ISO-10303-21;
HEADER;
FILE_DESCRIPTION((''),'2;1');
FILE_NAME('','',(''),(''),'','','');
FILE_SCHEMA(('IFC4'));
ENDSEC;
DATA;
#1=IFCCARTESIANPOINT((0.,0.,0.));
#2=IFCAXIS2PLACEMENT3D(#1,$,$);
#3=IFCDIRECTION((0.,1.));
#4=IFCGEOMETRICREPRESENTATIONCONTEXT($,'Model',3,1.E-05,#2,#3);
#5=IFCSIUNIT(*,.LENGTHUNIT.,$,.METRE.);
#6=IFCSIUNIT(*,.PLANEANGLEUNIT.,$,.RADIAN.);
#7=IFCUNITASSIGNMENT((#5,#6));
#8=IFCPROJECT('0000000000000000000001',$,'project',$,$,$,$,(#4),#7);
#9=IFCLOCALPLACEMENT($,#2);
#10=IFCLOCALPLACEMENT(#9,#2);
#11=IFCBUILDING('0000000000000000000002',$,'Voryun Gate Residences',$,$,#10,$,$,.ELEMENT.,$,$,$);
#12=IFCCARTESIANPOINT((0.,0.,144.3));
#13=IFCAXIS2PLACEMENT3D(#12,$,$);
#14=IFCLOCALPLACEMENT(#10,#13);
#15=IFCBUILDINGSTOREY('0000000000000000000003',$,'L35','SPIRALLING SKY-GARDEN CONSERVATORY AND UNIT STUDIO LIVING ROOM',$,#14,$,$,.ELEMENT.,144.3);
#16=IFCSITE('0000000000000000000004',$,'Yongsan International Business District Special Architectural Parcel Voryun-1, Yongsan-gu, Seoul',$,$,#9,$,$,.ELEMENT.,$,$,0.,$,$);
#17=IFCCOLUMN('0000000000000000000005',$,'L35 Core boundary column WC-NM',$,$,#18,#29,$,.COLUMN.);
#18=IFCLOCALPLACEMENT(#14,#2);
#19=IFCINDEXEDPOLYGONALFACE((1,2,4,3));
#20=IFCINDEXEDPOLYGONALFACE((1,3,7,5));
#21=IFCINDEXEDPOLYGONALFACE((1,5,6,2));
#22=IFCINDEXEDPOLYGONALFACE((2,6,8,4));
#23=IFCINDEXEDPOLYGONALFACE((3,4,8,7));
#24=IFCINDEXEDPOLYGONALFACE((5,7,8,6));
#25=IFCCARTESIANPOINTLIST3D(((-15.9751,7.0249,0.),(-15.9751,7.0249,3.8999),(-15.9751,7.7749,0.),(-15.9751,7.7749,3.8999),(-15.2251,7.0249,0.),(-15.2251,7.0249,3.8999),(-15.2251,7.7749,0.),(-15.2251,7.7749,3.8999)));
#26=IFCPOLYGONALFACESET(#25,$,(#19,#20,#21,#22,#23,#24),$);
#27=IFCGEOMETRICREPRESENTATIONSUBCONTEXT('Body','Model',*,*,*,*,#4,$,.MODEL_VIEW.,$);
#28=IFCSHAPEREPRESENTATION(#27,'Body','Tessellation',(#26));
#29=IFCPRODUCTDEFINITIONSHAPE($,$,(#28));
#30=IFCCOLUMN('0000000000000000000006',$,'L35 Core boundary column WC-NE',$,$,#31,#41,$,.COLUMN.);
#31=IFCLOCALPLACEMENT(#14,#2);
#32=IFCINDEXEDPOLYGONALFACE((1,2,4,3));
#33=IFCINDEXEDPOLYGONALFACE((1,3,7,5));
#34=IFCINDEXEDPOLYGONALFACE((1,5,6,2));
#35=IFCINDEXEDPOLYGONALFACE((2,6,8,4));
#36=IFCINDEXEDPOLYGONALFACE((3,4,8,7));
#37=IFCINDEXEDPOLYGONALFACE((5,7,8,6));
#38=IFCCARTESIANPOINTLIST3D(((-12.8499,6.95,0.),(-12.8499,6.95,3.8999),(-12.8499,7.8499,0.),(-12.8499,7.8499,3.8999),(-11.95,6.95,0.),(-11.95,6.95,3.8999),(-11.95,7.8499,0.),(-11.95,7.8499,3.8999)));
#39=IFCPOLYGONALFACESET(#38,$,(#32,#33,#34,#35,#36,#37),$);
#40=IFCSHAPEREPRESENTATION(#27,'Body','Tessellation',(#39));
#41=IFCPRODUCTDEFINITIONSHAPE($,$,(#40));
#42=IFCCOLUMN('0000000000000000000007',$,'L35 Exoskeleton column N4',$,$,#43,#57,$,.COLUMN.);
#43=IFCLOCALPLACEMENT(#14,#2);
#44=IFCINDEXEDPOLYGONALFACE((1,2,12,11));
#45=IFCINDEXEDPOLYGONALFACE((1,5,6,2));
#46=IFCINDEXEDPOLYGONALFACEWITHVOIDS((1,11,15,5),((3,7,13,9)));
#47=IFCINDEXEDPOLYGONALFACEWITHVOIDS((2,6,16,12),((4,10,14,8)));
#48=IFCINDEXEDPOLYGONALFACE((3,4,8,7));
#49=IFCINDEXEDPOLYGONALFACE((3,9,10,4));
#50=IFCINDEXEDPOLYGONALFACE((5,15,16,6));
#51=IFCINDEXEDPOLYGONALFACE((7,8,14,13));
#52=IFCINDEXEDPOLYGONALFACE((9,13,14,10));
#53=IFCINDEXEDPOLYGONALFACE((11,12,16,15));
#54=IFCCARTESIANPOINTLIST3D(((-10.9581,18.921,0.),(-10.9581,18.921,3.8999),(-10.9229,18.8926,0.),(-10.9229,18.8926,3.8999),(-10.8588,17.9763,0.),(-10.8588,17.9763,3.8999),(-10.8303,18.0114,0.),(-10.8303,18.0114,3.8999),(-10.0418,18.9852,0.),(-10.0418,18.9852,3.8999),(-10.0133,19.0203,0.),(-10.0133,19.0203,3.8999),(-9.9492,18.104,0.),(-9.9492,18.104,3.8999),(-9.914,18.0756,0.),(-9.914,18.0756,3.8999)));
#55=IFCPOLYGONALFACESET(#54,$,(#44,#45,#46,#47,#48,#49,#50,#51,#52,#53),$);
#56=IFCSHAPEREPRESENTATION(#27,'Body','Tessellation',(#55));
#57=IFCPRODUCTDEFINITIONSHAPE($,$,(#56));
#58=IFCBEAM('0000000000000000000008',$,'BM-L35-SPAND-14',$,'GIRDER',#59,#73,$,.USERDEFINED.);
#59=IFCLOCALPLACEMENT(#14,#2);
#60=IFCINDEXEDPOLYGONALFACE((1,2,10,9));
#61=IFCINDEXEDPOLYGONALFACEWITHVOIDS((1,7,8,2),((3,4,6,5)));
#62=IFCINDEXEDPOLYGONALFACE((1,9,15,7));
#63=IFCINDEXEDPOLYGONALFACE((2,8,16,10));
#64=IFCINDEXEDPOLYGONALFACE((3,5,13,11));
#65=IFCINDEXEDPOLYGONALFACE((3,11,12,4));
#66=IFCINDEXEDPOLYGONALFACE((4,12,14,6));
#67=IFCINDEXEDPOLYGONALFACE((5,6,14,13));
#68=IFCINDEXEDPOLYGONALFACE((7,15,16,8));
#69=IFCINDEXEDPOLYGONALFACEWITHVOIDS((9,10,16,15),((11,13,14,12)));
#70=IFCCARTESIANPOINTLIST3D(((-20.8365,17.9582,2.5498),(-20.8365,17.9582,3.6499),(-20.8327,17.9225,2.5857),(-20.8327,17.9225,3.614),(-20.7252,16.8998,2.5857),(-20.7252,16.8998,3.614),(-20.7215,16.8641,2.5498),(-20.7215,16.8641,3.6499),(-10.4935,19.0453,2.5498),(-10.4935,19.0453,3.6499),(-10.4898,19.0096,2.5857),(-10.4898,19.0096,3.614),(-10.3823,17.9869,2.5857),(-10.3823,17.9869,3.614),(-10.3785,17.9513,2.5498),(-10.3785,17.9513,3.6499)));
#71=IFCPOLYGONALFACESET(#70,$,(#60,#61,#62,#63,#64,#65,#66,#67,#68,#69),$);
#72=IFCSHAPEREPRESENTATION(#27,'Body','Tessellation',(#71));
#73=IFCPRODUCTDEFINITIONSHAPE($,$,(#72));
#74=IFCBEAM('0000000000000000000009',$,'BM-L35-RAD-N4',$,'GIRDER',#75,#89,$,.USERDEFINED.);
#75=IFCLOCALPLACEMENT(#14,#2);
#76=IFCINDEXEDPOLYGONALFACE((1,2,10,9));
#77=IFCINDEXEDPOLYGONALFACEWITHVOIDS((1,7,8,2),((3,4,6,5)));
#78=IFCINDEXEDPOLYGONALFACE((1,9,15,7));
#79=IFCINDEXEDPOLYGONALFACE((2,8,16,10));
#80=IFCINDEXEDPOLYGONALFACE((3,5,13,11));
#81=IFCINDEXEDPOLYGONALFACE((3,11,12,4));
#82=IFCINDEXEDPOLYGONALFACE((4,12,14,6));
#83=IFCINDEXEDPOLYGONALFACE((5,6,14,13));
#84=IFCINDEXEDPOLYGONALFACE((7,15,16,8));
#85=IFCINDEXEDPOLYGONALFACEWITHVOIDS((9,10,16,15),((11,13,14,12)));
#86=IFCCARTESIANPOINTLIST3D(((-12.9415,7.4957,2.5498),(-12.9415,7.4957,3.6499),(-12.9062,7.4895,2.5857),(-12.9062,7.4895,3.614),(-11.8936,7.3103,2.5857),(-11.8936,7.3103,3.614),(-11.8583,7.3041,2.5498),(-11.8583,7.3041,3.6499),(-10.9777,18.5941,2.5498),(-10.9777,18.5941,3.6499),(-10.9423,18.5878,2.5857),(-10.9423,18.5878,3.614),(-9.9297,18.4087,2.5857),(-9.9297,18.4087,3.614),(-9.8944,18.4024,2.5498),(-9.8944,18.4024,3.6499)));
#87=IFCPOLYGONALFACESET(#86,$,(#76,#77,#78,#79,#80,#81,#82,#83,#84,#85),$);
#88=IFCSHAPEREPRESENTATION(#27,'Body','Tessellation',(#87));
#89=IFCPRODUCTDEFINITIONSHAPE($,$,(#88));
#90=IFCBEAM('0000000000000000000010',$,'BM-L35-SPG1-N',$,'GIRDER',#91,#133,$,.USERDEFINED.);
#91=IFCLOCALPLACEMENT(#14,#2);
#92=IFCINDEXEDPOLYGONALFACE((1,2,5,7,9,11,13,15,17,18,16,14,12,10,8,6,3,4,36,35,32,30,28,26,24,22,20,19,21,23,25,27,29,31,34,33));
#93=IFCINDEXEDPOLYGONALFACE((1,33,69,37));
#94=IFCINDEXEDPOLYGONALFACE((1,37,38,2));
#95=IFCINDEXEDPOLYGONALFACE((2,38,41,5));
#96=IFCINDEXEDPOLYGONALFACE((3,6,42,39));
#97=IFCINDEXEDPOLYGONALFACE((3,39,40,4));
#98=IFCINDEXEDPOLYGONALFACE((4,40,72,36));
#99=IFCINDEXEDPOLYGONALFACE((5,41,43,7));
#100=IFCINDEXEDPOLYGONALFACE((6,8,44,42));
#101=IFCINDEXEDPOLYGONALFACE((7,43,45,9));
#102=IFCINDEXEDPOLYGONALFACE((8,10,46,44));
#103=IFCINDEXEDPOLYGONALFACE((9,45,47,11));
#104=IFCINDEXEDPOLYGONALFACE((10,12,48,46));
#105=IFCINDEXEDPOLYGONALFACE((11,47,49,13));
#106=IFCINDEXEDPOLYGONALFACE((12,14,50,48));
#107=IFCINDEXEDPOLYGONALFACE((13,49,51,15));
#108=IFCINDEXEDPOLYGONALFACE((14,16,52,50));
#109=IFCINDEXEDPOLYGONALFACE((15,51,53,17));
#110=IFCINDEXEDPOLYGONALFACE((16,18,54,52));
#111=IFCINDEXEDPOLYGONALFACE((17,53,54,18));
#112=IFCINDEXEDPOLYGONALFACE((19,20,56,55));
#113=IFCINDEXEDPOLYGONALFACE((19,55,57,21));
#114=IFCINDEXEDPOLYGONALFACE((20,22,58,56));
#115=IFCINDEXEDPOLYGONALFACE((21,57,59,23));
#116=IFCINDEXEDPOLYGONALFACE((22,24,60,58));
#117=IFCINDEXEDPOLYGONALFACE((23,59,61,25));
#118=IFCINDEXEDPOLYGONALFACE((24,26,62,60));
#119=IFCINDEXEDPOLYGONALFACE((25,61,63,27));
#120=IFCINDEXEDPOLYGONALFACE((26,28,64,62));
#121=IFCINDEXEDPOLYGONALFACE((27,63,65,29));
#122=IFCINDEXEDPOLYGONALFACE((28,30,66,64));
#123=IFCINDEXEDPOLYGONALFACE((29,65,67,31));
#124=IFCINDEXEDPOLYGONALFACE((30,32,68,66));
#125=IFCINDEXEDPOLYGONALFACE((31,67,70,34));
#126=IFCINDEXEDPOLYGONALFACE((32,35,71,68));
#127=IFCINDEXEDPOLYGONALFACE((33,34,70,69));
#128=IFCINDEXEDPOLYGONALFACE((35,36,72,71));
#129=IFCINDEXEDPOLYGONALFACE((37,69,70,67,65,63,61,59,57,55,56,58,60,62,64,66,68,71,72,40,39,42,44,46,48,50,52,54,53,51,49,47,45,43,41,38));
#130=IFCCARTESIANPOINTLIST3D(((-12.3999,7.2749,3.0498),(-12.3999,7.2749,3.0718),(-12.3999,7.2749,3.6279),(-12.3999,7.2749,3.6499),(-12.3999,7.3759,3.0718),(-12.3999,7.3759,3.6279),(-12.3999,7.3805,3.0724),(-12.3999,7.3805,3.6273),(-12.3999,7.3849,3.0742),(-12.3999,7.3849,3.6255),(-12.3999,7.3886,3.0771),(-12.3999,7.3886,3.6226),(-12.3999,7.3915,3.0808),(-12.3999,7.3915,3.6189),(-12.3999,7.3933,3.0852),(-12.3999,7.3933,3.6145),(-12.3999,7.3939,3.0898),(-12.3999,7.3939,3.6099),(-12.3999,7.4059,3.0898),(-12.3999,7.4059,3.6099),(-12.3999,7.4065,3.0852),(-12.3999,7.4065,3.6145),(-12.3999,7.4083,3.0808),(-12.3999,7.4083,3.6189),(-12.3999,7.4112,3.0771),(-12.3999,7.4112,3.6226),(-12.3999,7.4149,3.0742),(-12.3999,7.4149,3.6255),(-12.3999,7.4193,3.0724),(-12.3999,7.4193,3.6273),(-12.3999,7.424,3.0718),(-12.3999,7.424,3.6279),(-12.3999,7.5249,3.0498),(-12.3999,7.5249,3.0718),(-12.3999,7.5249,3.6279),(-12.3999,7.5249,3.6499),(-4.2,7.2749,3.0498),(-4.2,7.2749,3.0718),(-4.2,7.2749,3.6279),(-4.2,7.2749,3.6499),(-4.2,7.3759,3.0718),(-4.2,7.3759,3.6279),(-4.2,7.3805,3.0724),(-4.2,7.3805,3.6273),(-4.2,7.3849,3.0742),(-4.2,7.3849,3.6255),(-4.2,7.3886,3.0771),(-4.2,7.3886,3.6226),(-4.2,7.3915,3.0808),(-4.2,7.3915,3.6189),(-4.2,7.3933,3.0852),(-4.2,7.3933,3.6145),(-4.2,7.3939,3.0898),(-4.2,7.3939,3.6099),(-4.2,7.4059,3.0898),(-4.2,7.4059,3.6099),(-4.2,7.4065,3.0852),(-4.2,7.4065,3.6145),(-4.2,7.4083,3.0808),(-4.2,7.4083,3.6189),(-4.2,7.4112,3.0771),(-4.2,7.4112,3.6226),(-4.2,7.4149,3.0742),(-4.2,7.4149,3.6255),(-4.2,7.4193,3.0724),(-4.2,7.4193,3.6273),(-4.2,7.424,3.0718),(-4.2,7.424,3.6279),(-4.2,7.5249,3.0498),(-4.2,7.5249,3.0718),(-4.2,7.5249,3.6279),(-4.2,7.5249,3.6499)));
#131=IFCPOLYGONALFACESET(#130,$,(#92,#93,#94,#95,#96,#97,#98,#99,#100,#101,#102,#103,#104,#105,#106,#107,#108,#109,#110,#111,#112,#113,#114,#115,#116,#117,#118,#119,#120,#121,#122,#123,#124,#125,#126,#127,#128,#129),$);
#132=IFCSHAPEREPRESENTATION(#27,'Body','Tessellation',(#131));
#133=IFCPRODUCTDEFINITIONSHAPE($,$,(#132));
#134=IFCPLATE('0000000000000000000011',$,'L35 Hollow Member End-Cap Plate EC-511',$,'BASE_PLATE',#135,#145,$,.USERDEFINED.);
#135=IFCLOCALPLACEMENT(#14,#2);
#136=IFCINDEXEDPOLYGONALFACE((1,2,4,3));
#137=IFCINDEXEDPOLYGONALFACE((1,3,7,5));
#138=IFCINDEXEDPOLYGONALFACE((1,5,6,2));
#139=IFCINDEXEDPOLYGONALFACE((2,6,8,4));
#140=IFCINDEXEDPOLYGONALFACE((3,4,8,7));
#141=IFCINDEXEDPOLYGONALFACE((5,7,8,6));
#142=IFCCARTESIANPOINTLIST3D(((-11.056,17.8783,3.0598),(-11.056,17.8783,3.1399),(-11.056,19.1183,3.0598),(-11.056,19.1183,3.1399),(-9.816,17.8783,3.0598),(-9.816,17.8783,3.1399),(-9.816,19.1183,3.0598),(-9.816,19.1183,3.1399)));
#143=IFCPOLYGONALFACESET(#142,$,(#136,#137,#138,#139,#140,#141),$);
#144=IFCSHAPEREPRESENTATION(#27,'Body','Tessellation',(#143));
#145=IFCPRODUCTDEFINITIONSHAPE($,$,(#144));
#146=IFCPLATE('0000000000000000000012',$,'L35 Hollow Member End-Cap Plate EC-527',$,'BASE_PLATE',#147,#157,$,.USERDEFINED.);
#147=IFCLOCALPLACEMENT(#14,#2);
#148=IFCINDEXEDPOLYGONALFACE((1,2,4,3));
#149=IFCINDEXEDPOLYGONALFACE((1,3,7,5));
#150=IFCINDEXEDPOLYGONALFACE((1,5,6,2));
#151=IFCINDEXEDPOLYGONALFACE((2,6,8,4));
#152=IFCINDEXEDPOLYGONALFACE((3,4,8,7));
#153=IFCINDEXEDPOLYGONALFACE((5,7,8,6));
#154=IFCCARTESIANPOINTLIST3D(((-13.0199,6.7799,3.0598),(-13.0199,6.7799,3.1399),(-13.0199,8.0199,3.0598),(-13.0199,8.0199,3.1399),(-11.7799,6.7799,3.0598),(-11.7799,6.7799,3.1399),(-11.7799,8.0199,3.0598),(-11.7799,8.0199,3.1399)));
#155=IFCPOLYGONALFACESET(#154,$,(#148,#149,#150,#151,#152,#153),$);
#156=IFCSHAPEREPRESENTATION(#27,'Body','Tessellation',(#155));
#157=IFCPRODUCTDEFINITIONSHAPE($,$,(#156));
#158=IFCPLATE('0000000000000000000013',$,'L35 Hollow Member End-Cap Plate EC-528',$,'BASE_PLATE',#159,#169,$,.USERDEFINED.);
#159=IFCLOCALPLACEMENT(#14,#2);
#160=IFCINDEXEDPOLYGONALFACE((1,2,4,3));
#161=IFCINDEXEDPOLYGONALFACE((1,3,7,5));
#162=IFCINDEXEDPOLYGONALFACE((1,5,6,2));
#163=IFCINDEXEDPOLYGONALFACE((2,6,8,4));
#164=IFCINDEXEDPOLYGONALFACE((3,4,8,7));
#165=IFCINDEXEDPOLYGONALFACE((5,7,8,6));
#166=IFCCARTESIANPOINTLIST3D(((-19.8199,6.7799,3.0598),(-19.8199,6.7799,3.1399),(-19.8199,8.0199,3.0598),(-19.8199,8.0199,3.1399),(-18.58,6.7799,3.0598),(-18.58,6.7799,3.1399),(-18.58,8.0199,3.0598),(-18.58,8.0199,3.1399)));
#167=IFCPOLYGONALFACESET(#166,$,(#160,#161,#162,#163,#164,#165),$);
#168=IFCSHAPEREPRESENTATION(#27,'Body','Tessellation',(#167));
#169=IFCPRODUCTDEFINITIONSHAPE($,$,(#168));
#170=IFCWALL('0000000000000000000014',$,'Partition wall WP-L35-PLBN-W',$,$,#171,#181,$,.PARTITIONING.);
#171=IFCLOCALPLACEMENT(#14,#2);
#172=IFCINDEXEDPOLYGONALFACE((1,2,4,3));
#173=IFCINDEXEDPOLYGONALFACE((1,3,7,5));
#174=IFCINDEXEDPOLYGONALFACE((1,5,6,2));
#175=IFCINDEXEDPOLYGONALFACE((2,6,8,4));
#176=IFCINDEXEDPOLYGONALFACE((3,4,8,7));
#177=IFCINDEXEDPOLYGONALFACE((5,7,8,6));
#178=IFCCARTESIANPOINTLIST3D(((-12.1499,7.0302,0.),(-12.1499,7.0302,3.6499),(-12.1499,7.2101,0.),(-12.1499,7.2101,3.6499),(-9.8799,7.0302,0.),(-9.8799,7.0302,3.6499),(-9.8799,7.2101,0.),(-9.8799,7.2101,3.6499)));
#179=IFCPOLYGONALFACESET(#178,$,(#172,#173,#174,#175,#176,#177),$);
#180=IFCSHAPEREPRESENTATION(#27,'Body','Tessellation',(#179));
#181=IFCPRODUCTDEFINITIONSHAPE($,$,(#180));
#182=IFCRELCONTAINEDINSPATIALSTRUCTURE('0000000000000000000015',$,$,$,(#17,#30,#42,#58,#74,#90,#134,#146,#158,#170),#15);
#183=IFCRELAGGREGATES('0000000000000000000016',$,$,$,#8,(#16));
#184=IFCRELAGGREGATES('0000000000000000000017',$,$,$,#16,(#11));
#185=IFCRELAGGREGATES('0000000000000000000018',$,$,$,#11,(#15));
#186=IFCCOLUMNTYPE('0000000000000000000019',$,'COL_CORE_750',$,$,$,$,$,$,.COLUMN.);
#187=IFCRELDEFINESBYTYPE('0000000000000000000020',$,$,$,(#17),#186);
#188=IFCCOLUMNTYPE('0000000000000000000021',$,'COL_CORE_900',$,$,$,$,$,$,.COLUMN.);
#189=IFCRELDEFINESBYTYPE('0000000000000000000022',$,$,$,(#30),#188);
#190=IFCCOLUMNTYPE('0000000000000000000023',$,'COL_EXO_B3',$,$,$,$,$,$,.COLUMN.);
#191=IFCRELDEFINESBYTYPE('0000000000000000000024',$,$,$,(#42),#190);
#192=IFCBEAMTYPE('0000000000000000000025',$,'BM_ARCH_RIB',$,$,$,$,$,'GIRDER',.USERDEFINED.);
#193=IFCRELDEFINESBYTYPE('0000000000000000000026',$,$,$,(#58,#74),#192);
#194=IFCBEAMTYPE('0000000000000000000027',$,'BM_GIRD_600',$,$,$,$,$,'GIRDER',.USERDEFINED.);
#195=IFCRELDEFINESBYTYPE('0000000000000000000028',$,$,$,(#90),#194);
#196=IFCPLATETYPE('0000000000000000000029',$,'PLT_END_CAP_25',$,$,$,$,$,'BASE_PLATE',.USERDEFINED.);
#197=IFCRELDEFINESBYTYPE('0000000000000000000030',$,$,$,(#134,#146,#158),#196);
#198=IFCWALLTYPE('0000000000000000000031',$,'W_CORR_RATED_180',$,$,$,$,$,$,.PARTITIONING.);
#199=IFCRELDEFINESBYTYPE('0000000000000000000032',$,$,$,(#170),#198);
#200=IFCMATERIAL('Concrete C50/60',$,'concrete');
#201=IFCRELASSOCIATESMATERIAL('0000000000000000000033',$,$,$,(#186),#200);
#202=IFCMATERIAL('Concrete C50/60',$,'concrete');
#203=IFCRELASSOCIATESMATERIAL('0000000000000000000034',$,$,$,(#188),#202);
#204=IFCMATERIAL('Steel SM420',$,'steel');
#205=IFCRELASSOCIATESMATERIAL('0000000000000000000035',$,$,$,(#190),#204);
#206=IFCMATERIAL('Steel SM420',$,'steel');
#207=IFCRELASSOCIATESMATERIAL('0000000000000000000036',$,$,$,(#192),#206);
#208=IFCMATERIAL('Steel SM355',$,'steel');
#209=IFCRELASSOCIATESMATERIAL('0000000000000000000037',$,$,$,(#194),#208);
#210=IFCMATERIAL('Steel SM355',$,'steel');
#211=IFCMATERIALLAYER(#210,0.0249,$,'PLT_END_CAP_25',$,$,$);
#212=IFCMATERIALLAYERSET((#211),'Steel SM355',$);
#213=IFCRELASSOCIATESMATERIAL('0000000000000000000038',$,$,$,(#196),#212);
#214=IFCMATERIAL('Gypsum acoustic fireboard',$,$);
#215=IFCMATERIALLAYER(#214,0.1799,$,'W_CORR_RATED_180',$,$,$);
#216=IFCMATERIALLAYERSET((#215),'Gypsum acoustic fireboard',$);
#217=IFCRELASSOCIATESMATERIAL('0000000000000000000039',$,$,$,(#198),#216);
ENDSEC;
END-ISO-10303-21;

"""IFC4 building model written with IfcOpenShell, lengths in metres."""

from ifc_helpers import new_model, si_unit, direction, frame, frame_2d, origin, origin_2d, place, context, subcontext, project, spatial, rectangle, hollow_rectangle, i_section, extrude, material, layer, layer_set, material_profile, profile_set, type_object, element, save


model = new_model("IFC4")

# Units and contexts
model_context = context("Model", 3, precision=1e-05, world=origin(), true_north=direction((0.0, 1.0)))
body_context = subcontext(model_context, "Body", "Model", "MODEL_VIEW")
ifc_project = project(units=[si_unit("LENGTHUNIT", "METRE"), si_unit("PLANEANGLEUNIT", "RADIAN")], contexts=[model_context])

# Site, building, storey
site_placement = place(None, origin())
site = spatial("IfcSite", under=ifc_project, at=site_placement, Name="Yongsan International Business District Special Architectural Parcel Voryun-1, Yongsan-gu, Seoul", CompositionType="ELEMENT", RefElevation=0.0)
building_placement = place(site_placement, origin())
building = spatial("IfcBuilding", under=site, at=building_placement, Name="Voryun Gate Residences", CompositionType="ELEMENT")
storey_placement = place(building_placement, frame((0.0, 0.0, 144.3)))
storey = spatial("IfcBuildingStorey", under=building, at=storey_placement, Name="L35", Description="SPIRALLING SKY-GARDEN CONSERVATORY AND UNIT STUDIO LIVING ROOM", CompositionType="ELEMENT", Elevation=144.3)

# Columns
ifc_material_1 = material(Name="Concrete C50/60", Category="concrete")
ifc_material_profile_1 = material_profile(ifc_material_1, rectangle(XDim=0.75, YDim=0.75, at=origin_2d()), Name="RC-750x750")
ifc_profile_set_1 = profile_set([ifc_material_profile_1], Name="Concrete C50/60")
column_type_1 = type_object("IfcColumnType", Name="COL_CORE_750", PredefinedType="COLUMN", material=ifc_profile_set_1)
column_1_placement = place(storey_placement, frame((-15.6001, 7.3999, 0.0), z_axis=(0.0, 0.0, 1.0), x_axis=(1.0, 0.0, 0.0)))
element("IfcColumn", 1, at=column_1_placement, inside=storey, type_object=column_type_1, Name="L35 Core boundary column WC-NM", PredefinedType="COLUMN", context=body_context, shape_type="SweptSolid", body=[
    extrude(rectangle(XDim=0.75, YDim=0.75, at=origin_2d()), origin(), (0.0, 0.0, 1.0), 3.8999),
])
ifc_material_2 = material(Name="Concrete C50/60", Category="concrete")
ifc_material_profile_2 = material_profile(ifc_material_2, rectangle(XDim=0.8999, YDim=0.8999, at=origin_2d()), Name="RC-900x900")
ifc_profile_set_2 = profile_set([ifc_material_profile_2], Name="Concrete C50/60")
column_type_2 = type_object("IfcColumnType", Name="COL_CORE_900", PredefinedType="COLUMN", material=ifc_profile_set_2)
column_2_placement = place(storey_placement, frame((-12.3999, 7.3999, 0.0), z_axis=(0.0, 0.0, 1.0), x_axis=(1.0, 0.0, 0.0)))
element("IfcColumn", 2, at=column_2_placement, inside=storey, type_object=column_type_2, Name="L35 Core boundary column WC-NE", PredefinedType="COLUMN", context=body_context, shape_type="SweptSolid", body=[
    extrude(rectangle(XDim=0.8999, YDim=0.8999, at=origin_2d()), origin(), (0.0, 0.0, 1.0), 3.8999),
])
ifc_material_3 = material(Name="Steel SM420", Category="steel")
ifc_material_profile_3 = material_profile(ifc_material_3, hollow_rectangle(XDim=0.95, YDim=0.95, WallThickness=0.032, at=origin_2d()), Name="BOX-950x950x32")
ifc_profile_set_3 = profile_set([ifc_material_profile_3], Name="Steel SM420")
column_type_3 = type_object("IfcColumnType", Name="COL_EXO_B3", PredefinedType="COLUMN", material=ifc_profile_set_3)
column_3_placement = place(storey_placement, frame((-10.436, 18.4983, 0.0), z_axis=(0.0, 0.0, 1.0), x_axis=(0.994522, 0.104528, 0.0)))
element("IfcColumn", 3, at=column_3_placement, inside=storey, type_object=column_type_3, Name="L35 Exoskeleton column N4", PredefinedType="COLUMN", context=body_context, shape_type="SweptSolid", body=[
    extrude(hollow_rectangle(XDim=0.95, YDim=0.95, WallThickness=0.032, at=origin_2d()), origin(), (0.0, 0.0, 1.0), 3.8999),
])

# Beams
ifc_material_4 = material(Name="Steel SM420", Category="steel")
ifc_material_profile_4 = material_profile(ifc_material_4, hollow_rectangle(XDim=1.1001, YDim=1.1001, WallThickness=0.0359, at=origin_2d()), Name="BOX-1100x1100x36")
ifc_profile_set_4 = profile_set([ifc_material_profile_4], Name="Steel SM420")
beam_type_1 = type_object("IfcBeamType", Name="BM_ARCH_RIB", ElementType="GIRDER", PredefinedType="USERDEFINED", material=ifc_profile_set_4)
beam_1_placement = place(storey_placement, frame((-10.436, 18.4983, 3.0999), z_axis=(-0.994521, -0.104534, 0.0), x_axis=(0.104534, -0.994521, 0.0)))
element("IfcBeam", 4, at=beam_1_placement, inside=storey, type_object=beam_type_1, Name="BM-L35-SPAND-14", ObjectType="GIRDER", PredefinedType="USERDEFINED", context=body_context, shape_type="SweptSolid", body=[
    extrude(hollow_rectangle(XDim=1.1001, YDim=1.1001, WallThickness=0.0359, at=origin_2d()), origin(), (0.0, 0.0, 1.0), 10.3999),
])
beam_2_placement = place(storey_placement, frame((-12.3999, 7.3999, 3.0999), z_axis=(0.174244, 0.984703, 0.0), x_axis=(-0.984703, 0.174244, 0.0)))
element("IfcBeam", 5, at=beam_2_placement, inside=storey, type_object=beam_type_1, Name="BM-L35-RAD-N4", ObjectType="GIRDER", PredefinedType="USERDEFINED", context=body_context, shape_type="SweptSolid", body=[
    extrude(hollow_rectangle(XDim=1.1001, YDim=1.1001, WallThickness=0.0359, at=origin_2d()), origin(), (0.0, 0.0, 1.0), 11.2708),
])
ifc_material_5 = material(Name="Steel SM355", Category="steel")
ifc_material_profile_5 = material_profile(ifc_material_5, i_section(OverallWidth=0.25, OverallDepth=0.6001, WebThickness=0.012, FlangeThickness=0.022, FilletRadius=0.0181, at=origin_2d()), Name="H-600x250x12x22")
ifc_profile_set_5 = profile_set([ifc_material_profile_5], Name="Steel SM355")
beam_type_2 = type_object("IfcBeamType", Name="BM_GIRD_600", ElementType="GIRDER", PredefinedType="USERDEFINED", material=ifc_profile_set_5)
beam_3_placement = place(storey_placement, frame((-12.3999, 7.3999, 3.3499), z_axis=(1.0, 0.0, 0.0), x_axis=(0.0, 1.0, 0.0)))
element("IfcBeam", 6, at=beam_3_placement, inside=storey, type_object=beam_type_2, Name="BM-L35-SPG1-N", ObjectType="GIRDER", PredefinedType="USERDEFINED", context=body_context, shape_type="SweptSolid", body=[
    extrude(i_section(OverallWidth=0.25, OverallDepth=0.6001, WebThickness=0.012, FlangeThickness=0.022, FilletRadius=0.0181, at=origin_2d()), origin(), (0.0, 0.0, 1.0), 8.2),
])

# Plates
ifc_material_6 = material(Name="Steel SM355", Category="steel")
ifc_layer_1 = layer(ifc_material_6, 0.0249, Name="PLT_END_CAP_25")
ifc_layer_set_1 = layer_set([ifc_layer_1], Name="Steel SM355")
plate_type = type_object("IfcPlateType", Name="PLT_END_CAP_25", ElementType="BASE_PLATE", PredefinedType="USERDEFINED", material=ifc_layer_set_1)
for number, where, z_axis, x_axis, name in (
    (7, (-10.436, 18.4983, 3.0598), (0.0, 0.0, 1.0), (1.0, 0.0, 0.0), "L35 Hollow Member End-Cap Plate EC-511"),
    (8, (-12.3999, 7.3999, 3.0598), (0.0, 0.0, 1.0), (1.0, 0.0, 0.0), "L35 Hollow Member End-Cap Plate EC-527"),
    (9, (-19.2, 7.3999, 3.0598), (0.0, 0.0, 1.0), (1.0, 0.0, 0.0), "L35 Hollow Member End-Cap Plate EC-528"),
):
    element("IfcPlate", number, at=place(storey_placement, frame(where, z_axis=z_axis, x_axis=x_axis)), inside=storey, type_object=plate_type, Name=name, ObjectType="BASE_PLATE", PredefinedType="USERDEFINED", context=body_context, shape_type="SweptSolid", body=[
        extrude(rectangle(XDim=1.24, YDim=1.24, at=origin_2d()), origin(), (0.0, 0.0, 1.0), 0.0801),
    ])

# Wall
ifc_material_7 = material(Name="Gypsum acoustic fireboard")
ifc_layer_2 = layer(ifc_material_7, 0.1799, Name="W_CORR_RATED_180")
ifc_layer_set_2 = layer_set([ifc_layer_2], Name="Gypsum acoustic fireboard")
wall_type_1 = type_object("IfcWallType", Name="W_CORR_RATED_180", PredefinedType="PARTITIONING", material=ifc_layer_set_2)
wall_1_placement = place(storey_placement, frame((-12.1499, 7.1201, 0.0), z_axis=(0.0, 0.0, 1.0), x_axis=(1.0, 0.0, 0.0)))
element("IfcWall", 10, at=wall_1_placement, inside=storey, type_object=wall_type_1, Name="Partition wall WP-L35-PLBN-W", PredefinedType="PARTITIONING", context=body_context, shape_type="SweptSolid", body=[
    extrude(rectangle(XDim=2.27, YDim=0.1799, at=frame_2d((1.135, 0.0))), origin(), (0.0, 0.0, 1.0), 3.6499),
])

save(model, "model.ifc")
